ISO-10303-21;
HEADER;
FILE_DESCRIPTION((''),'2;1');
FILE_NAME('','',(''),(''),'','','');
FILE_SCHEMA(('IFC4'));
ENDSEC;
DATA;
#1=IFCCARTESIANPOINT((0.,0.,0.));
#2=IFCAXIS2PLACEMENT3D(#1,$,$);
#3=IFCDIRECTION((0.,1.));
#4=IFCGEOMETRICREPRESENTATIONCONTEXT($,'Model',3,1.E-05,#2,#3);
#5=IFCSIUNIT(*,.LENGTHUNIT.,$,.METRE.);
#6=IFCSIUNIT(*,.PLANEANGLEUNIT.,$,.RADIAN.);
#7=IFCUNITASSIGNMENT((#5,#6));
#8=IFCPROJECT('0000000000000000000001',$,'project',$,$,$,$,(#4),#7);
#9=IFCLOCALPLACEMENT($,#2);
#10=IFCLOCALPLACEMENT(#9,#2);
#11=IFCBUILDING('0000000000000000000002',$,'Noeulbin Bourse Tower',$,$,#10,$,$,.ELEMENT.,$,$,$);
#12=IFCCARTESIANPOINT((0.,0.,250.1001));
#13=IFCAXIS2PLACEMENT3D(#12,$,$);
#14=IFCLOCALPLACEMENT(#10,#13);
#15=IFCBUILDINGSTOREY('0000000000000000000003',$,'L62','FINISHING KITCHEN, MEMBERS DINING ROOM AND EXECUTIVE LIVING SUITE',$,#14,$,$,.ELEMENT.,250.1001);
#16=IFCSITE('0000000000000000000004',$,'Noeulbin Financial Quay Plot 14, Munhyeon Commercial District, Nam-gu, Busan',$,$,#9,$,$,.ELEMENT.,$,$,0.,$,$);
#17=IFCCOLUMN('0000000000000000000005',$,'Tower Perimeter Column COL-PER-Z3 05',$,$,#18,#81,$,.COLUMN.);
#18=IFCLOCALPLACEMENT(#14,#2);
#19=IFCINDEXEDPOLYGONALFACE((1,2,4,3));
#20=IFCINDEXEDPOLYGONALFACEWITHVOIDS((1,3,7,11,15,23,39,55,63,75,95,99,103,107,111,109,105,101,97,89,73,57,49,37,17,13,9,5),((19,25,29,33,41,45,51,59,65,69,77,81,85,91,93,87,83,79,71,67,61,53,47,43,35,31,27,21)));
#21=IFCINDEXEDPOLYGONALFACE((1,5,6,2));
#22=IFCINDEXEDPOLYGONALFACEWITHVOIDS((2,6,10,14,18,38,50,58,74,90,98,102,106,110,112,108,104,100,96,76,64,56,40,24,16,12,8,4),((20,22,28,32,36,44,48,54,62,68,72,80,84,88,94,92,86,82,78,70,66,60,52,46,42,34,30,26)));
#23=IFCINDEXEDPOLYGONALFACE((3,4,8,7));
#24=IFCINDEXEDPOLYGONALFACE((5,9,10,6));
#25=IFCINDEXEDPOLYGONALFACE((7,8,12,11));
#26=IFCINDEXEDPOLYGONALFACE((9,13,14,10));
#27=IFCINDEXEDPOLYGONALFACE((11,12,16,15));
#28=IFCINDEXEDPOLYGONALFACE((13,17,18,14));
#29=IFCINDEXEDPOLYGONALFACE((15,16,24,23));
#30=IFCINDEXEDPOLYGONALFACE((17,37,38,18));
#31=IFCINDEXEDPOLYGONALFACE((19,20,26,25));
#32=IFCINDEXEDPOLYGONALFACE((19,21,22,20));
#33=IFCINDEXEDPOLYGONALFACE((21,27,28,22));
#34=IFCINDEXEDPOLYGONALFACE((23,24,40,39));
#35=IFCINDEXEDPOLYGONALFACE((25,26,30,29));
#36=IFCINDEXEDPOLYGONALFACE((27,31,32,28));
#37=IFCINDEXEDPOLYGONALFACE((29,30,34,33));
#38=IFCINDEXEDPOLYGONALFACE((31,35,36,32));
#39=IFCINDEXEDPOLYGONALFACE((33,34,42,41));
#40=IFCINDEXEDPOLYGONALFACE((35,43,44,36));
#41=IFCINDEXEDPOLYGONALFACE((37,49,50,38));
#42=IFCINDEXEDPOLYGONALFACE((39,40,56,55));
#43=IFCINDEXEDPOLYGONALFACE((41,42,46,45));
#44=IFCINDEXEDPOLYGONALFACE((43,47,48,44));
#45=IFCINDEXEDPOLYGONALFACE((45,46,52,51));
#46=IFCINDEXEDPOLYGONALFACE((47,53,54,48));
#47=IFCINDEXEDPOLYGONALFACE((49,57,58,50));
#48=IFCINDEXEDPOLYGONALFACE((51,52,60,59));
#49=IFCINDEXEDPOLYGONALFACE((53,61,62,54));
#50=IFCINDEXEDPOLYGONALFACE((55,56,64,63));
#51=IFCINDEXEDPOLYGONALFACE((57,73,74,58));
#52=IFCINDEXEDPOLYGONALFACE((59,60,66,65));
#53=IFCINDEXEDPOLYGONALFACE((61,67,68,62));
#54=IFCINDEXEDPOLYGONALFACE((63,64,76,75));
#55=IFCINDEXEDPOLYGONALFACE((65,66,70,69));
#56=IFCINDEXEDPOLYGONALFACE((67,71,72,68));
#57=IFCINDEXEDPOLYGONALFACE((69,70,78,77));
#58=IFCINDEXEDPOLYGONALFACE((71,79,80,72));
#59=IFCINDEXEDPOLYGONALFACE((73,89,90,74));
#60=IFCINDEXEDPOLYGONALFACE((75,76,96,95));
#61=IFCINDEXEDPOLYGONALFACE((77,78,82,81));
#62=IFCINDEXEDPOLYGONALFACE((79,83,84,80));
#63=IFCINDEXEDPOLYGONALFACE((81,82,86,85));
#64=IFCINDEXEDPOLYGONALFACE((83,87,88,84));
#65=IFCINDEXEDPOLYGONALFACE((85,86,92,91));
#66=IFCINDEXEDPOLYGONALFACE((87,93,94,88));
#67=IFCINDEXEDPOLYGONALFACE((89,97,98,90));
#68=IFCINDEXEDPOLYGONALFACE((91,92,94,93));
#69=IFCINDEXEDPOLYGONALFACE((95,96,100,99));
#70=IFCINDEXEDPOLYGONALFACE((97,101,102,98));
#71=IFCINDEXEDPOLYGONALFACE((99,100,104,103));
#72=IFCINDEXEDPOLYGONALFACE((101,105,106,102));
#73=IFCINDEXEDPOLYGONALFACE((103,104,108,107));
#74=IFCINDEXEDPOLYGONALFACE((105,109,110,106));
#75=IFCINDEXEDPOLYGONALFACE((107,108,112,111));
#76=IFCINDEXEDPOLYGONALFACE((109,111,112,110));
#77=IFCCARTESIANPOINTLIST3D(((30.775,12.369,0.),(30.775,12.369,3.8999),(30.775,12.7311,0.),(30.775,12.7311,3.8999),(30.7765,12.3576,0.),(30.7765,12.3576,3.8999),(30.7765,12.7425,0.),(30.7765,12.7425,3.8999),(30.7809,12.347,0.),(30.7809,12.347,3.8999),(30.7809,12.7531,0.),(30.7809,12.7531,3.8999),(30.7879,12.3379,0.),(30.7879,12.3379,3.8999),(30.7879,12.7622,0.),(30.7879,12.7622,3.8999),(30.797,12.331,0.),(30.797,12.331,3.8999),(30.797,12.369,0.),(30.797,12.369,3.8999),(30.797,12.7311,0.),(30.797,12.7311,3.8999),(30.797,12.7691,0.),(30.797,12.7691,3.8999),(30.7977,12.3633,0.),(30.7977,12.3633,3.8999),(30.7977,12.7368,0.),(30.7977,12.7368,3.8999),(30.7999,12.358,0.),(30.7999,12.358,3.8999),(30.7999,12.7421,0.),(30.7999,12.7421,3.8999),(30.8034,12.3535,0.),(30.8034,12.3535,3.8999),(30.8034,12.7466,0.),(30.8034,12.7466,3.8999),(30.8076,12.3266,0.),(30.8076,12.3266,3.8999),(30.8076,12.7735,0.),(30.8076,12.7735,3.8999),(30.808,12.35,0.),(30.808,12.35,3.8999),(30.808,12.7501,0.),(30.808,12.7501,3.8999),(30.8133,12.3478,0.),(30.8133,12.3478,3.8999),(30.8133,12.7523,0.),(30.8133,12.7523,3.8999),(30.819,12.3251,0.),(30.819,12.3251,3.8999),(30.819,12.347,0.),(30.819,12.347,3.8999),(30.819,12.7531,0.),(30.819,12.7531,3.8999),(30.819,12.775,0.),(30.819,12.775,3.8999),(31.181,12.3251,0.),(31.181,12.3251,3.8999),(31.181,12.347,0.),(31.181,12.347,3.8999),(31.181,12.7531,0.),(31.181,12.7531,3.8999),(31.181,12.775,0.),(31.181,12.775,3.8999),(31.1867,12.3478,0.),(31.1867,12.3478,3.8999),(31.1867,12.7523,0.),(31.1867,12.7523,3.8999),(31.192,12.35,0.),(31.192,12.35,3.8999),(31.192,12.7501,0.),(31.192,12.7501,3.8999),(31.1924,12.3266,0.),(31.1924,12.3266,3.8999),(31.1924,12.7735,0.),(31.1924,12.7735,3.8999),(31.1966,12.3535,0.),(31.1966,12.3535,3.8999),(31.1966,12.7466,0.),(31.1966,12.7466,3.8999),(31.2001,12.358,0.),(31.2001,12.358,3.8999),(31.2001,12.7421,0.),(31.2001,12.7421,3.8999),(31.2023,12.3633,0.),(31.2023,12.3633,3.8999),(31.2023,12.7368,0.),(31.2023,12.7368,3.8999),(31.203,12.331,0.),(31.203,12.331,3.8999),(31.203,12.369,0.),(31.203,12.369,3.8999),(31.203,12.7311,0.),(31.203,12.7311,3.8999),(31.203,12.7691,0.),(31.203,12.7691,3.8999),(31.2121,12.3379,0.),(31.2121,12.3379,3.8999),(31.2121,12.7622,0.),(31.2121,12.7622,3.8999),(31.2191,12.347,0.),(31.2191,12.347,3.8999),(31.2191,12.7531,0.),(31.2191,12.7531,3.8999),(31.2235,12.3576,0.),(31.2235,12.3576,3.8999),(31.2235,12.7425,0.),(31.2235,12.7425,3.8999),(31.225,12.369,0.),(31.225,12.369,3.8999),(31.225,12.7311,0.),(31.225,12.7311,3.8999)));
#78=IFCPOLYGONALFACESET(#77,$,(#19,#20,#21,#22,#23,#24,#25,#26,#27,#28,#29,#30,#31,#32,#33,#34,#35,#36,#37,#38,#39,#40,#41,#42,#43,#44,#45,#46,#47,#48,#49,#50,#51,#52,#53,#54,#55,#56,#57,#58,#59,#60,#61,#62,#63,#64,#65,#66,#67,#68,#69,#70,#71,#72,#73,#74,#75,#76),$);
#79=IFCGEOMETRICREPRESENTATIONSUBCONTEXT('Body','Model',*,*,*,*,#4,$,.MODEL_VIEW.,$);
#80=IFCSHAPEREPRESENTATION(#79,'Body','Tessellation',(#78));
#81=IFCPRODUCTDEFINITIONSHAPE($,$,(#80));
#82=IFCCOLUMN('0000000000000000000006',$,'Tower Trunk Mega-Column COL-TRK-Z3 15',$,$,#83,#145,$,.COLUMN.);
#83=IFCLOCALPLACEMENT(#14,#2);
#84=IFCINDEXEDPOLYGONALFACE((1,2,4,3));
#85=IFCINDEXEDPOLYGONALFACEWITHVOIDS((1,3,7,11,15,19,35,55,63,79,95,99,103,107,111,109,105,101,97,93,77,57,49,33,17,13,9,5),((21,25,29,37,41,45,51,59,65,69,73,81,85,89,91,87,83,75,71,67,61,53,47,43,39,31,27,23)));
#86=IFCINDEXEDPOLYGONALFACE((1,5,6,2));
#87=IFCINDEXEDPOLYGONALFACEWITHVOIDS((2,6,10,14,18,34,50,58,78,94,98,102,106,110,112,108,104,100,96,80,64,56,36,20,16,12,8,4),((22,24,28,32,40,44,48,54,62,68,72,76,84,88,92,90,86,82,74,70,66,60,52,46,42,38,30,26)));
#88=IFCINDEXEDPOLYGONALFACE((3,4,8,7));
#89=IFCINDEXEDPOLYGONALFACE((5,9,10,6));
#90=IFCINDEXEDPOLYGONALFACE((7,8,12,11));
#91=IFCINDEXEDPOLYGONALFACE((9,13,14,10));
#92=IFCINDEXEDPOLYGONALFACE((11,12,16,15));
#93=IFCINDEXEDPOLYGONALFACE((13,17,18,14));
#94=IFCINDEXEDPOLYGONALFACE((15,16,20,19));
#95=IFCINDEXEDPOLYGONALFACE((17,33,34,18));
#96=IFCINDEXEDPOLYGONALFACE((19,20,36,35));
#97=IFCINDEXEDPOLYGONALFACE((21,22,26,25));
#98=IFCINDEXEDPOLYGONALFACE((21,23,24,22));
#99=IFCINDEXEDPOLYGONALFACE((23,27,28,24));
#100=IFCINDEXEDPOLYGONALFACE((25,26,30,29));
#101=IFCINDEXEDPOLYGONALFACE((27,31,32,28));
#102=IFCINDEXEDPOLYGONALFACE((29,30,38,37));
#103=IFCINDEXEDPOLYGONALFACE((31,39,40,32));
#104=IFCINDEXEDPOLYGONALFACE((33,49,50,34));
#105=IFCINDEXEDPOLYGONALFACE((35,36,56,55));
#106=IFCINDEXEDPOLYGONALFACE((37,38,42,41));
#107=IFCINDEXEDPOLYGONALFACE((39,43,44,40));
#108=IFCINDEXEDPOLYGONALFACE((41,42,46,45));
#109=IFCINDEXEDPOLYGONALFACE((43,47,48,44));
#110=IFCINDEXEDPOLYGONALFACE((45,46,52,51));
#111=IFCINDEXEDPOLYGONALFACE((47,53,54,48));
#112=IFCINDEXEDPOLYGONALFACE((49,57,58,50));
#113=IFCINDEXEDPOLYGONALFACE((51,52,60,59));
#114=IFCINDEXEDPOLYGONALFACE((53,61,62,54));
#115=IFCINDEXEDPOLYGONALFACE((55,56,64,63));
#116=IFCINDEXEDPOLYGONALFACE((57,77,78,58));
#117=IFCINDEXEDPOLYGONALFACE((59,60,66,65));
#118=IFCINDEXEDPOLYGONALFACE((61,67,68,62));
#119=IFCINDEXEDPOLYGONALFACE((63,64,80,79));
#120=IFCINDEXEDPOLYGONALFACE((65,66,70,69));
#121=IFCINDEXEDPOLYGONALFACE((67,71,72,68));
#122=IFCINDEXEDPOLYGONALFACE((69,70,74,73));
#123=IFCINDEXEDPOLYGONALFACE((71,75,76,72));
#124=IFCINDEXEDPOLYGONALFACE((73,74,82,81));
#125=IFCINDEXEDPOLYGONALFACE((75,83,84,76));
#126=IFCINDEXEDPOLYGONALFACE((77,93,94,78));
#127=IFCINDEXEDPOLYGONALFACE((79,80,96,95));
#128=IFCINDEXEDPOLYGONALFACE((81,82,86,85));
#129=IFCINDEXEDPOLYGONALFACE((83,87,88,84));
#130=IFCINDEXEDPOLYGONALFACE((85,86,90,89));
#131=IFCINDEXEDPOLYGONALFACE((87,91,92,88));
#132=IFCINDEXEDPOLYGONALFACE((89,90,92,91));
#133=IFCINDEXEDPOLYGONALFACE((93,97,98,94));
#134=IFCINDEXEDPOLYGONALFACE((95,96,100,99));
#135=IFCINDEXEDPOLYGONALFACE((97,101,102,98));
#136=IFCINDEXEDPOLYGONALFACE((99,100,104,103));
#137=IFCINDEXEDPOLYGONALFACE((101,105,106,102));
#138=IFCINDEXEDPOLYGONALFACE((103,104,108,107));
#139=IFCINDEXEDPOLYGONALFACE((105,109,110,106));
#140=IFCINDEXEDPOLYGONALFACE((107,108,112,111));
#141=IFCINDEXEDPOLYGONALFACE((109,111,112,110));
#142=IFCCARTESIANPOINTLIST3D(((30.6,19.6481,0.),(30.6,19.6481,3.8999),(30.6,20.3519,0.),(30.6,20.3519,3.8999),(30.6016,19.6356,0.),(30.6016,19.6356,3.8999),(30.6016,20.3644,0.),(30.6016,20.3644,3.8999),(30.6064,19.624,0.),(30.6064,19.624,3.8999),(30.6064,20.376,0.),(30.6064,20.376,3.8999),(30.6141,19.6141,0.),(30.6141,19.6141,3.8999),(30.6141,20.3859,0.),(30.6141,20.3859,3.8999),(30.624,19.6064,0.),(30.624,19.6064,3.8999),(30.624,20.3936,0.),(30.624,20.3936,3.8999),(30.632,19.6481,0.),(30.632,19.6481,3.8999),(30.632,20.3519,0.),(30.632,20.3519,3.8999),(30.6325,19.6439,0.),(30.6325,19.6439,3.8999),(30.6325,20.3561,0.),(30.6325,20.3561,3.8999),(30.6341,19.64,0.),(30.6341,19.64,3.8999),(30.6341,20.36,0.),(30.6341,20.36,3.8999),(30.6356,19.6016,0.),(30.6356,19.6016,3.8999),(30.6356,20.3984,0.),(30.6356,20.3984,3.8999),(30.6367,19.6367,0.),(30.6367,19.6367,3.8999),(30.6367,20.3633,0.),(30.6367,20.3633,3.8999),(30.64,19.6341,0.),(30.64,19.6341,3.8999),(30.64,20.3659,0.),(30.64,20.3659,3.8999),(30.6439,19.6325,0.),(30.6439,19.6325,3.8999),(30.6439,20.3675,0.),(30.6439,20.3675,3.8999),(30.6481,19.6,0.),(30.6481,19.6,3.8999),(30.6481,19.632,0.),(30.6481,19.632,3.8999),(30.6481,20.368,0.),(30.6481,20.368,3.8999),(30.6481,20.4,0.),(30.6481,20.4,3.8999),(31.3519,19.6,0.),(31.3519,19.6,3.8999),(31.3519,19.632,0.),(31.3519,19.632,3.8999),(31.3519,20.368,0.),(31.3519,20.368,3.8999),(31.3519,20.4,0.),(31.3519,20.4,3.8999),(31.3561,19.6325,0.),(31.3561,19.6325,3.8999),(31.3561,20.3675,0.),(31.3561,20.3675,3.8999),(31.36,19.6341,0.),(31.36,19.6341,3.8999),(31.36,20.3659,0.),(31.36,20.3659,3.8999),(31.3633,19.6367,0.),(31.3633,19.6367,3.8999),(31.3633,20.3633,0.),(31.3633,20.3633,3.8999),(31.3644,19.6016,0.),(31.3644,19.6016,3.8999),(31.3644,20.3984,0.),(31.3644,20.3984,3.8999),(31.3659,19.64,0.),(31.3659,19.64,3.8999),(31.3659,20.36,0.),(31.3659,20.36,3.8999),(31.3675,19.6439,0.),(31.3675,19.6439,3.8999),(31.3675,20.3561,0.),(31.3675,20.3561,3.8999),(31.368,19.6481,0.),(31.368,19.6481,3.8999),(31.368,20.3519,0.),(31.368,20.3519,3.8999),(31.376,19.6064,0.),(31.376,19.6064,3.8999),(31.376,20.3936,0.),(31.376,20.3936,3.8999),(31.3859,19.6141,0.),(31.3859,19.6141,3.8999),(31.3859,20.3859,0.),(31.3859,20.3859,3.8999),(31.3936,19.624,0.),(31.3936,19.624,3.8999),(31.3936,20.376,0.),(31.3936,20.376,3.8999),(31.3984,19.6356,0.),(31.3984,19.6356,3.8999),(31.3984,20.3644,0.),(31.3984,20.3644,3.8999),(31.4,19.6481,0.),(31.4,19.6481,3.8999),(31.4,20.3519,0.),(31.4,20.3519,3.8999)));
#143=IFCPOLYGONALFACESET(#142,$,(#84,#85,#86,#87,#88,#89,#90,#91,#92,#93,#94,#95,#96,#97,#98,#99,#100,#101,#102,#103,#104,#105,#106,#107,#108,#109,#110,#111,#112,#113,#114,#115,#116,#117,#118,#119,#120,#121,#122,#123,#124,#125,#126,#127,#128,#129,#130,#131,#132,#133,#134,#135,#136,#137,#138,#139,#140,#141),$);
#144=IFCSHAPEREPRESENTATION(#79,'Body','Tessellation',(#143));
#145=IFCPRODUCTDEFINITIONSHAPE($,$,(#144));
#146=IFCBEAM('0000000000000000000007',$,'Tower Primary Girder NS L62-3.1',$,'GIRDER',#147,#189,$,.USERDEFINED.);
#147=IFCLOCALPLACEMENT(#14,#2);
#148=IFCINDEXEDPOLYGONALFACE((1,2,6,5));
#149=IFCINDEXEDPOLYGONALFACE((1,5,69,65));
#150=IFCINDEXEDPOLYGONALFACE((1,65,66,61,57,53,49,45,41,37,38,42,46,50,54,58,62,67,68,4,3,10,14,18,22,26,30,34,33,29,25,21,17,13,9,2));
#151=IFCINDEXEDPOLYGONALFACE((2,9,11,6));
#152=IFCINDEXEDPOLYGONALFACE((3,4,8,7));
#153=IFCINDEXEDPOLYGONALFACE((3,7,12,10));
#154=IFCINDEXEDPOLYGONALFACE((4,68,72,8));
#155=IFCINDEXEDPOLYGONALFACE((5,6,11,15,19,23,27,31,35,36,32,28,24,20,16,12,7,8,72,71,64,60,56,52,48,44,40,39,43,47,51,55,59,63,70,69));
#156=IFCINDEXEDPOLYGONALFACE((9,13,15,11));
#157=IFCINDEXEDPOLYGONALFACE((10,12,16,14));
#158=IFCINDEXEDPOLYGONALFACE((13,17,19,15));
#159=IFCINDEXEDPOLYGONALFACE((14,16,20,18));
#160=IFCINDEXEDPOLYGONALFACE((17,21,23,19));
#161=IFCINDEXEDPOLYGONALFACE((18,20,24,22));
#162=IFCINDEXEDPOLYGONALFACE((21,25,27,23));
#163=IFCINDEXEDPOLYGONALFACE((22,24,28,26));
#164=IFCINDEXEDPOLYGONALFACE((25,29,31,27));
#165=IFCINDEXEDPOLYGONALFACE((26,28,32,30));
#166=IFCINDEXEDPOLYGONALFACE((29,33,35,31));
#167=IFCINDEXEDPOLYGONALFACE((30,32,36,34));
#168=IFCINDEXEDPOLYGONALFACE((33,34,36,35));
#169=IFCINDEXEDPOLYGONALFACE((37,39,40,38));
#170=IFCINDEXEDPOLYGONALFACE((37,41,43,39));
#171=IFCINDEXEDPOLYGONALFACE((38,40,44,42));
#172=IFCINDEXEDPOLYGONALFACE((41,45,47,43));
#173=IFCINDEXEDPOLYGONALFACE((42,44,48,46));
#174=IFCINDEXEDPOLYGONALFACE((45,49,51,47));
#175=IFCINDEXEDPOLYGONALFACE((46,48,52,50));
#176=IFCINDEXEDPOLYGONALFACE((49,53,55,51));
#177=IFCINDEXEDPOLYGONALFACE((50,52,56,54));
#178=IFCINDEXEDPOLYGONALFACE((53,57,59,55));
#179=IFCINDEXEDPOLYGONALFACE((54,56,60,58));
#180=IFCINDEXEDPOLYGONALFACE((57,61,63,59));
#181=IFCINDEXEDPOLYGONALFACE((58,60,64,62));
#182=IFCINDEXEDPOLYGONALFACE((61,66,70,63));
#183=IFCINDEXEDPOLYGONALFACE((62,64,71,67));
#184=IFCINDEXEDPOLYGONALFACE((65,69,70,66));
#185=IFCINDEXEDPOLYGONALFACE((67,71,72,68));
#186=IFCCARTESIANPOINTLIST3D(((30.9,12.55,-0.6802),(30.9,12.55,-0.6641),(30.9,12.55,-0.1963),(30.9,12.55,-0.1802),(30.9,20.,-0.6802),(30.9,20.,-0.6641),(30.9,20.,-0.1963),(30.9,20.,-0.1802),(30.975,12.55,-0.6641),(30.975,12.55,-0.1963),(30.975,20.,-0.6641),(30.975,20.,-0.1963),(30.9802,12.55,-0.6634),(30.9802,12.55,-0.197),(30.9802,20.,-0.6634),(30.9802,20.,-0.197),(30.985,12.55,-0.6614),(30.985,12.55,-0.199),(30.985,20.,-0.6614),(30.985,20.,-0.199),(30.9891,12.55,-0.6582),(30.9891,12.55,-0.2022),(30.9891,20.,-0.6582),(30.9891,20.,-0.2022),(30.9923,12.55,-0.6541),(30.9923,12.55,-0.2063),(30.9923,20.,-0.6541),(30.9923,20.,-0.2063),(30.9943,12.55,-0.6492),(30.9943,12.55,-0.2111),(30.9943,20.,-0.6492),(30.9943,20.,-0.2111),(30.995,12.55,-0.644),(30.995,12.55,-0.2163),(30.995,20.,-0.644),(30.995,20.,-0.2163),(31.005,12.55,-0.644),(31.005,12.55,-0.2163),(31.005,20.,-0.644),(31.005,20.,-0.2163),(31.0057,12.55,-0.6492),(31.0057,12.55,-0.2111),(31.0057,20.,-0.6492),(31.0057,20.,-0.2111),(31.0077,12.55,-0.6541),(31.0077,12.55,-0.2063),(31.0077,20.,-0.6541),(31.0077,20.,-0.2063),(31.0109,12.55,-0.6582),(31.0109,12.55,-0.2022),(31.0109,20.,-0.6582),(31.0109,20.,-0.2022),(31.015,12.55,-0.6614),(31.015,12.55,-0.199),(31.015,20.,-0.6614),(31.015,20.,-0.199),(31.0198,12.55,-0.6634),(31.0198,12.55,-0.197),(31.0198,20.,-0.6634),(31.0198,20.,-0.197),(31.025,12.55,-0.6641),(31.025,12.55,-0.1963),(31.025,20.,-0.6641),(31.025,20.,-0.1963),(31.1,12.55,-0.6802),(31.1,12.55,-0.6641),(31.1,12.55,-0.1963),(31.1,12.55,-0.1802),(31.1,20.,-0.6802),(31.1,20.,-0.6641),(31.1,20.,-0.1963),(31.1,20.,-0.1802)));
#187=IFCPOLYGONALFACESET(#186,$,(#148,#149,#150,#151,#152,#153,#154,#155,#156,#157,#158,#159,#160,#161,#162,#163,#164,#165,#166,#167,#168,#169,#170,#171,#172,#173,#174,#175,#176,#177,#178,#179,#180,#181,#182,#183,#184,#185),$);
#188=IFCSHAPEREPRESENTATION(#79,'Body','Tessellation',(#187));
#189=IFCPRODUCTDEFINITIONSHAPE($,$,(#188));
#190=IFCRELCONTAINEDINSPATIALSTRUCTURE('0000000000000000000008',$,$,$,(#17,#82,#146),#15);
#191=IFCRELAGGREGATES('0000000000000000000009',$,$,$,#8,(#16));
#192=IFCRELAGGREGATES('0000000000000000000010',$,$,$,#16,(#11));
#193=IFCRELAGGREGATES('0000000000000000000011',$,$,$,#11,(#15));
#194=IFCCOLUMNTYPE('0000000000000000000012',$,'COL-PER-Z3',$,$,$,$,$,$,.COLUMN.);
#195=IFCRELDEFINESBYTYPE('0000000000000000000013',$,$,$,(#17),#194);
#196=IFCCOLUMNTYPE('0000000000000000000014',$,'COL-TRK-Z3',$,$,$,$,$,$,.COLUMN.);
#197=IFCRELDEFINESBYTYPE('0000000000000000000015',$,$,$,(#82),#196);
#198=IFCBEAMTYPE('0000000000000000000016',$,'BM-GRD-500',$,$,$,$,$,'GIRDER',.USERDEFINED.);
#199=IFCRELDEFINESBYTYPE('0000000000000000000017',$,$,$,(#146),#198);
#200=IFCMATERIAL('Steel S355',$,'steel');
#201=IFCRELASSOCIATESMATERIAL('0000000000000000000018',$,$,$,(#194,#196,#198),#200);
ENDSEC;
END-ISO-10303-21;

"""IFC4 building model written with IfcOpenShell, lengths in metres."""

from ifc_helpers import new_model, si_unit, direction, frame, origin, origin_2d, place, context, subcontext, project, spatial, hollow_rectangle, i_section, extrude, material, material_profile, profile_set, type_object, element, save


model = new_model("IFC4")

# Units and contexts
model_context = context("Model", 3, precision=1e-05, world=origin(), true_north=direction((0.0, 1.0)))
body_context = subcontext(model_context, "Body", "Model", "MODEL_VIEW")
ifc_project = project(units=[si_unit("LENGTHUNIT", "METRE"), si_unit("PLANEANGLEUNIT", "RADIAN")], contexts=[model_context])

# Site, building, storey
site_placement = place(None, origin())
site = spatial("IfcSite", under=ifc_project, at=site_placement, Name="Noeulbin Financial Quay Plot 14, Munhyeon Commercial District, Nam-gu, Busan", CompositionType="ELEMENT", RefElevation=0.0)
building_placement = place(site_placement, origin())
building = spatial("IfcBuilding", under=site, at=building_placement, Name="Noeulbin Bourse Tower", CompositionType="ELEMENT")
storey_placement = place(building_placement, frame((0.0, 0.0, 250.1001)))
storey = spatial("IfcBuildingStorey", under=building, at=storey_placement, Name="L62", Description="FINISHING KITCHEN, MEMBERS DINING ROOM AND EXECUTIVE LIVING SUITE", CompositionType="ELEMENT", Elevation=250.1001)

# Columns
ifc_material_1 = material(Name="Steel S355", Category="steel")
ifc_material_profile_1 = material_profile(ifc_material_1, hollow_rectangle(XDim=0.45, YDim=0.45, WallThickness=0.022, InnerFilletRadius=0.022, OuterFilletRadius=0.0439, at=origin_2d()), Name="SHS-450x450x22", Category="LoadBearing")
ifc_profile_set_1 = profile_set([ifc_material_profile_1], Name="Steel S355")
column_type_1 = type_object("IfcColumnType", Name="COL-PER-Z3", PredefinedType="COLUMN", material=ifc_profile_set_1)
column_1_placement = place(storey_placement, frame((31.0, 12.55, 0.0), z_axis=(0.0, 0.0, 1.0), x_axis=(1.0, 0.0, 0.0)))
element("IfcColumn", 1, at=column_1_placement, inside=storey, type_object=column_type_1, Name="Tower Perimeter Column COL-PER-Z3 05", PredefinedType="COLUMN", context=body_context, shape_type="SweptSolid", body=[
    extrude(hollow_rectangle(XDim=0.45, YDim=0.45, WallThickness=0.022, InnerFilletRadius=0.022, OuterFilletRadius=0.0439, at=origin_2d()), origin(), (0.0, 0.0, 1.0), 3.8999),
])
ifc_material_profile_2 = material_profile(ifc_material_1, hollow_rectangle(XDim=0.8, YDim=0.8, WallThickness=0.032, InnerFilletRadius=0.0161, OuterFilletRadius=0.0481, at=origin_2d()), Name="BOX-800x800x32", Category="LoadBearing")
ifc_profile_set_2 = profile_set([ifc_material_profile_2], Name="Steel S355")
column_type_2 = type_object("IfcColumnType", Name="COL-TRK-Z3", PredefinedType="COLUMN", material=ifc_profile_set_2)
column_2_placement = place(storey_placement, frame((31.0, 20.0, 0.0), z_axis=(0.0, 0.0, 1.0), x_axis=(1.0, 0.0, 0.0)))
element("IfcColumn", 2, at=column_2_placement, inside=storey, type_object=column_type_2, Name="Tower Trunk Mega-Column COL-TRK-Z3 15", PredefinedType="COLUMN", context=body_context, shape_type="SweptSolid", body=[
    extrude(hollow_rectangle(XDim=0.8, YDim=0.8, WallThickness=0.032, InnerFilletRadius=0.0161, OuterFilletRadius=0.0481, at=origin_2d()), origin(), (0.0, 0.0, 1.0), 3.8999),
])

# Beam
ifc_material_profile_3 = material_profile(ifc_material_1, i_section(OverallWidth=0.2, OverallDepth=0.5, WebThickness=0.01, FlangeThickness=0.0161, FilletRadius=0.02, at=origin_2d()), Name="H-500x200x10x16", Category="LoadBearing")
ifc_profile_set_3 = profile_set([ifc_material_profile_3], Name="Steel S355")
beam_type_1 = type_object("IfcBeamType", Name="BM-GRD-500", ElementType="GIRDER", PredefinedType="USERDEFINED", material=ifc_profile_set_3)
beam_1_placement = place(storey_placement, frame((31.0, 12.55, -0.4302), z_axis=(0.0, 1.0, 0.0), x_axis=(-1.0, 0.0, 0.0)))
element("IfcBeam", 3, at=beam_1_placement, inside=storey, type_object=beam_type_1, Name="Tower Primary Girder NS L62-3.1", ObjectType="GIRDER", PredefinedType="USERDEFINED", context=body_context, shape_type="SweptSolid", body=[
    extrude(i_section(OverallWidth=0.2, OverallDepth=0.5, WebThickness=0.01, FlangeThickness=0.0161, FilletRadius=0.02, at=origin_2d()), origin(), (0.0, 0.0, 1.0), 7.45),
])

save(model, "model.ifc")
